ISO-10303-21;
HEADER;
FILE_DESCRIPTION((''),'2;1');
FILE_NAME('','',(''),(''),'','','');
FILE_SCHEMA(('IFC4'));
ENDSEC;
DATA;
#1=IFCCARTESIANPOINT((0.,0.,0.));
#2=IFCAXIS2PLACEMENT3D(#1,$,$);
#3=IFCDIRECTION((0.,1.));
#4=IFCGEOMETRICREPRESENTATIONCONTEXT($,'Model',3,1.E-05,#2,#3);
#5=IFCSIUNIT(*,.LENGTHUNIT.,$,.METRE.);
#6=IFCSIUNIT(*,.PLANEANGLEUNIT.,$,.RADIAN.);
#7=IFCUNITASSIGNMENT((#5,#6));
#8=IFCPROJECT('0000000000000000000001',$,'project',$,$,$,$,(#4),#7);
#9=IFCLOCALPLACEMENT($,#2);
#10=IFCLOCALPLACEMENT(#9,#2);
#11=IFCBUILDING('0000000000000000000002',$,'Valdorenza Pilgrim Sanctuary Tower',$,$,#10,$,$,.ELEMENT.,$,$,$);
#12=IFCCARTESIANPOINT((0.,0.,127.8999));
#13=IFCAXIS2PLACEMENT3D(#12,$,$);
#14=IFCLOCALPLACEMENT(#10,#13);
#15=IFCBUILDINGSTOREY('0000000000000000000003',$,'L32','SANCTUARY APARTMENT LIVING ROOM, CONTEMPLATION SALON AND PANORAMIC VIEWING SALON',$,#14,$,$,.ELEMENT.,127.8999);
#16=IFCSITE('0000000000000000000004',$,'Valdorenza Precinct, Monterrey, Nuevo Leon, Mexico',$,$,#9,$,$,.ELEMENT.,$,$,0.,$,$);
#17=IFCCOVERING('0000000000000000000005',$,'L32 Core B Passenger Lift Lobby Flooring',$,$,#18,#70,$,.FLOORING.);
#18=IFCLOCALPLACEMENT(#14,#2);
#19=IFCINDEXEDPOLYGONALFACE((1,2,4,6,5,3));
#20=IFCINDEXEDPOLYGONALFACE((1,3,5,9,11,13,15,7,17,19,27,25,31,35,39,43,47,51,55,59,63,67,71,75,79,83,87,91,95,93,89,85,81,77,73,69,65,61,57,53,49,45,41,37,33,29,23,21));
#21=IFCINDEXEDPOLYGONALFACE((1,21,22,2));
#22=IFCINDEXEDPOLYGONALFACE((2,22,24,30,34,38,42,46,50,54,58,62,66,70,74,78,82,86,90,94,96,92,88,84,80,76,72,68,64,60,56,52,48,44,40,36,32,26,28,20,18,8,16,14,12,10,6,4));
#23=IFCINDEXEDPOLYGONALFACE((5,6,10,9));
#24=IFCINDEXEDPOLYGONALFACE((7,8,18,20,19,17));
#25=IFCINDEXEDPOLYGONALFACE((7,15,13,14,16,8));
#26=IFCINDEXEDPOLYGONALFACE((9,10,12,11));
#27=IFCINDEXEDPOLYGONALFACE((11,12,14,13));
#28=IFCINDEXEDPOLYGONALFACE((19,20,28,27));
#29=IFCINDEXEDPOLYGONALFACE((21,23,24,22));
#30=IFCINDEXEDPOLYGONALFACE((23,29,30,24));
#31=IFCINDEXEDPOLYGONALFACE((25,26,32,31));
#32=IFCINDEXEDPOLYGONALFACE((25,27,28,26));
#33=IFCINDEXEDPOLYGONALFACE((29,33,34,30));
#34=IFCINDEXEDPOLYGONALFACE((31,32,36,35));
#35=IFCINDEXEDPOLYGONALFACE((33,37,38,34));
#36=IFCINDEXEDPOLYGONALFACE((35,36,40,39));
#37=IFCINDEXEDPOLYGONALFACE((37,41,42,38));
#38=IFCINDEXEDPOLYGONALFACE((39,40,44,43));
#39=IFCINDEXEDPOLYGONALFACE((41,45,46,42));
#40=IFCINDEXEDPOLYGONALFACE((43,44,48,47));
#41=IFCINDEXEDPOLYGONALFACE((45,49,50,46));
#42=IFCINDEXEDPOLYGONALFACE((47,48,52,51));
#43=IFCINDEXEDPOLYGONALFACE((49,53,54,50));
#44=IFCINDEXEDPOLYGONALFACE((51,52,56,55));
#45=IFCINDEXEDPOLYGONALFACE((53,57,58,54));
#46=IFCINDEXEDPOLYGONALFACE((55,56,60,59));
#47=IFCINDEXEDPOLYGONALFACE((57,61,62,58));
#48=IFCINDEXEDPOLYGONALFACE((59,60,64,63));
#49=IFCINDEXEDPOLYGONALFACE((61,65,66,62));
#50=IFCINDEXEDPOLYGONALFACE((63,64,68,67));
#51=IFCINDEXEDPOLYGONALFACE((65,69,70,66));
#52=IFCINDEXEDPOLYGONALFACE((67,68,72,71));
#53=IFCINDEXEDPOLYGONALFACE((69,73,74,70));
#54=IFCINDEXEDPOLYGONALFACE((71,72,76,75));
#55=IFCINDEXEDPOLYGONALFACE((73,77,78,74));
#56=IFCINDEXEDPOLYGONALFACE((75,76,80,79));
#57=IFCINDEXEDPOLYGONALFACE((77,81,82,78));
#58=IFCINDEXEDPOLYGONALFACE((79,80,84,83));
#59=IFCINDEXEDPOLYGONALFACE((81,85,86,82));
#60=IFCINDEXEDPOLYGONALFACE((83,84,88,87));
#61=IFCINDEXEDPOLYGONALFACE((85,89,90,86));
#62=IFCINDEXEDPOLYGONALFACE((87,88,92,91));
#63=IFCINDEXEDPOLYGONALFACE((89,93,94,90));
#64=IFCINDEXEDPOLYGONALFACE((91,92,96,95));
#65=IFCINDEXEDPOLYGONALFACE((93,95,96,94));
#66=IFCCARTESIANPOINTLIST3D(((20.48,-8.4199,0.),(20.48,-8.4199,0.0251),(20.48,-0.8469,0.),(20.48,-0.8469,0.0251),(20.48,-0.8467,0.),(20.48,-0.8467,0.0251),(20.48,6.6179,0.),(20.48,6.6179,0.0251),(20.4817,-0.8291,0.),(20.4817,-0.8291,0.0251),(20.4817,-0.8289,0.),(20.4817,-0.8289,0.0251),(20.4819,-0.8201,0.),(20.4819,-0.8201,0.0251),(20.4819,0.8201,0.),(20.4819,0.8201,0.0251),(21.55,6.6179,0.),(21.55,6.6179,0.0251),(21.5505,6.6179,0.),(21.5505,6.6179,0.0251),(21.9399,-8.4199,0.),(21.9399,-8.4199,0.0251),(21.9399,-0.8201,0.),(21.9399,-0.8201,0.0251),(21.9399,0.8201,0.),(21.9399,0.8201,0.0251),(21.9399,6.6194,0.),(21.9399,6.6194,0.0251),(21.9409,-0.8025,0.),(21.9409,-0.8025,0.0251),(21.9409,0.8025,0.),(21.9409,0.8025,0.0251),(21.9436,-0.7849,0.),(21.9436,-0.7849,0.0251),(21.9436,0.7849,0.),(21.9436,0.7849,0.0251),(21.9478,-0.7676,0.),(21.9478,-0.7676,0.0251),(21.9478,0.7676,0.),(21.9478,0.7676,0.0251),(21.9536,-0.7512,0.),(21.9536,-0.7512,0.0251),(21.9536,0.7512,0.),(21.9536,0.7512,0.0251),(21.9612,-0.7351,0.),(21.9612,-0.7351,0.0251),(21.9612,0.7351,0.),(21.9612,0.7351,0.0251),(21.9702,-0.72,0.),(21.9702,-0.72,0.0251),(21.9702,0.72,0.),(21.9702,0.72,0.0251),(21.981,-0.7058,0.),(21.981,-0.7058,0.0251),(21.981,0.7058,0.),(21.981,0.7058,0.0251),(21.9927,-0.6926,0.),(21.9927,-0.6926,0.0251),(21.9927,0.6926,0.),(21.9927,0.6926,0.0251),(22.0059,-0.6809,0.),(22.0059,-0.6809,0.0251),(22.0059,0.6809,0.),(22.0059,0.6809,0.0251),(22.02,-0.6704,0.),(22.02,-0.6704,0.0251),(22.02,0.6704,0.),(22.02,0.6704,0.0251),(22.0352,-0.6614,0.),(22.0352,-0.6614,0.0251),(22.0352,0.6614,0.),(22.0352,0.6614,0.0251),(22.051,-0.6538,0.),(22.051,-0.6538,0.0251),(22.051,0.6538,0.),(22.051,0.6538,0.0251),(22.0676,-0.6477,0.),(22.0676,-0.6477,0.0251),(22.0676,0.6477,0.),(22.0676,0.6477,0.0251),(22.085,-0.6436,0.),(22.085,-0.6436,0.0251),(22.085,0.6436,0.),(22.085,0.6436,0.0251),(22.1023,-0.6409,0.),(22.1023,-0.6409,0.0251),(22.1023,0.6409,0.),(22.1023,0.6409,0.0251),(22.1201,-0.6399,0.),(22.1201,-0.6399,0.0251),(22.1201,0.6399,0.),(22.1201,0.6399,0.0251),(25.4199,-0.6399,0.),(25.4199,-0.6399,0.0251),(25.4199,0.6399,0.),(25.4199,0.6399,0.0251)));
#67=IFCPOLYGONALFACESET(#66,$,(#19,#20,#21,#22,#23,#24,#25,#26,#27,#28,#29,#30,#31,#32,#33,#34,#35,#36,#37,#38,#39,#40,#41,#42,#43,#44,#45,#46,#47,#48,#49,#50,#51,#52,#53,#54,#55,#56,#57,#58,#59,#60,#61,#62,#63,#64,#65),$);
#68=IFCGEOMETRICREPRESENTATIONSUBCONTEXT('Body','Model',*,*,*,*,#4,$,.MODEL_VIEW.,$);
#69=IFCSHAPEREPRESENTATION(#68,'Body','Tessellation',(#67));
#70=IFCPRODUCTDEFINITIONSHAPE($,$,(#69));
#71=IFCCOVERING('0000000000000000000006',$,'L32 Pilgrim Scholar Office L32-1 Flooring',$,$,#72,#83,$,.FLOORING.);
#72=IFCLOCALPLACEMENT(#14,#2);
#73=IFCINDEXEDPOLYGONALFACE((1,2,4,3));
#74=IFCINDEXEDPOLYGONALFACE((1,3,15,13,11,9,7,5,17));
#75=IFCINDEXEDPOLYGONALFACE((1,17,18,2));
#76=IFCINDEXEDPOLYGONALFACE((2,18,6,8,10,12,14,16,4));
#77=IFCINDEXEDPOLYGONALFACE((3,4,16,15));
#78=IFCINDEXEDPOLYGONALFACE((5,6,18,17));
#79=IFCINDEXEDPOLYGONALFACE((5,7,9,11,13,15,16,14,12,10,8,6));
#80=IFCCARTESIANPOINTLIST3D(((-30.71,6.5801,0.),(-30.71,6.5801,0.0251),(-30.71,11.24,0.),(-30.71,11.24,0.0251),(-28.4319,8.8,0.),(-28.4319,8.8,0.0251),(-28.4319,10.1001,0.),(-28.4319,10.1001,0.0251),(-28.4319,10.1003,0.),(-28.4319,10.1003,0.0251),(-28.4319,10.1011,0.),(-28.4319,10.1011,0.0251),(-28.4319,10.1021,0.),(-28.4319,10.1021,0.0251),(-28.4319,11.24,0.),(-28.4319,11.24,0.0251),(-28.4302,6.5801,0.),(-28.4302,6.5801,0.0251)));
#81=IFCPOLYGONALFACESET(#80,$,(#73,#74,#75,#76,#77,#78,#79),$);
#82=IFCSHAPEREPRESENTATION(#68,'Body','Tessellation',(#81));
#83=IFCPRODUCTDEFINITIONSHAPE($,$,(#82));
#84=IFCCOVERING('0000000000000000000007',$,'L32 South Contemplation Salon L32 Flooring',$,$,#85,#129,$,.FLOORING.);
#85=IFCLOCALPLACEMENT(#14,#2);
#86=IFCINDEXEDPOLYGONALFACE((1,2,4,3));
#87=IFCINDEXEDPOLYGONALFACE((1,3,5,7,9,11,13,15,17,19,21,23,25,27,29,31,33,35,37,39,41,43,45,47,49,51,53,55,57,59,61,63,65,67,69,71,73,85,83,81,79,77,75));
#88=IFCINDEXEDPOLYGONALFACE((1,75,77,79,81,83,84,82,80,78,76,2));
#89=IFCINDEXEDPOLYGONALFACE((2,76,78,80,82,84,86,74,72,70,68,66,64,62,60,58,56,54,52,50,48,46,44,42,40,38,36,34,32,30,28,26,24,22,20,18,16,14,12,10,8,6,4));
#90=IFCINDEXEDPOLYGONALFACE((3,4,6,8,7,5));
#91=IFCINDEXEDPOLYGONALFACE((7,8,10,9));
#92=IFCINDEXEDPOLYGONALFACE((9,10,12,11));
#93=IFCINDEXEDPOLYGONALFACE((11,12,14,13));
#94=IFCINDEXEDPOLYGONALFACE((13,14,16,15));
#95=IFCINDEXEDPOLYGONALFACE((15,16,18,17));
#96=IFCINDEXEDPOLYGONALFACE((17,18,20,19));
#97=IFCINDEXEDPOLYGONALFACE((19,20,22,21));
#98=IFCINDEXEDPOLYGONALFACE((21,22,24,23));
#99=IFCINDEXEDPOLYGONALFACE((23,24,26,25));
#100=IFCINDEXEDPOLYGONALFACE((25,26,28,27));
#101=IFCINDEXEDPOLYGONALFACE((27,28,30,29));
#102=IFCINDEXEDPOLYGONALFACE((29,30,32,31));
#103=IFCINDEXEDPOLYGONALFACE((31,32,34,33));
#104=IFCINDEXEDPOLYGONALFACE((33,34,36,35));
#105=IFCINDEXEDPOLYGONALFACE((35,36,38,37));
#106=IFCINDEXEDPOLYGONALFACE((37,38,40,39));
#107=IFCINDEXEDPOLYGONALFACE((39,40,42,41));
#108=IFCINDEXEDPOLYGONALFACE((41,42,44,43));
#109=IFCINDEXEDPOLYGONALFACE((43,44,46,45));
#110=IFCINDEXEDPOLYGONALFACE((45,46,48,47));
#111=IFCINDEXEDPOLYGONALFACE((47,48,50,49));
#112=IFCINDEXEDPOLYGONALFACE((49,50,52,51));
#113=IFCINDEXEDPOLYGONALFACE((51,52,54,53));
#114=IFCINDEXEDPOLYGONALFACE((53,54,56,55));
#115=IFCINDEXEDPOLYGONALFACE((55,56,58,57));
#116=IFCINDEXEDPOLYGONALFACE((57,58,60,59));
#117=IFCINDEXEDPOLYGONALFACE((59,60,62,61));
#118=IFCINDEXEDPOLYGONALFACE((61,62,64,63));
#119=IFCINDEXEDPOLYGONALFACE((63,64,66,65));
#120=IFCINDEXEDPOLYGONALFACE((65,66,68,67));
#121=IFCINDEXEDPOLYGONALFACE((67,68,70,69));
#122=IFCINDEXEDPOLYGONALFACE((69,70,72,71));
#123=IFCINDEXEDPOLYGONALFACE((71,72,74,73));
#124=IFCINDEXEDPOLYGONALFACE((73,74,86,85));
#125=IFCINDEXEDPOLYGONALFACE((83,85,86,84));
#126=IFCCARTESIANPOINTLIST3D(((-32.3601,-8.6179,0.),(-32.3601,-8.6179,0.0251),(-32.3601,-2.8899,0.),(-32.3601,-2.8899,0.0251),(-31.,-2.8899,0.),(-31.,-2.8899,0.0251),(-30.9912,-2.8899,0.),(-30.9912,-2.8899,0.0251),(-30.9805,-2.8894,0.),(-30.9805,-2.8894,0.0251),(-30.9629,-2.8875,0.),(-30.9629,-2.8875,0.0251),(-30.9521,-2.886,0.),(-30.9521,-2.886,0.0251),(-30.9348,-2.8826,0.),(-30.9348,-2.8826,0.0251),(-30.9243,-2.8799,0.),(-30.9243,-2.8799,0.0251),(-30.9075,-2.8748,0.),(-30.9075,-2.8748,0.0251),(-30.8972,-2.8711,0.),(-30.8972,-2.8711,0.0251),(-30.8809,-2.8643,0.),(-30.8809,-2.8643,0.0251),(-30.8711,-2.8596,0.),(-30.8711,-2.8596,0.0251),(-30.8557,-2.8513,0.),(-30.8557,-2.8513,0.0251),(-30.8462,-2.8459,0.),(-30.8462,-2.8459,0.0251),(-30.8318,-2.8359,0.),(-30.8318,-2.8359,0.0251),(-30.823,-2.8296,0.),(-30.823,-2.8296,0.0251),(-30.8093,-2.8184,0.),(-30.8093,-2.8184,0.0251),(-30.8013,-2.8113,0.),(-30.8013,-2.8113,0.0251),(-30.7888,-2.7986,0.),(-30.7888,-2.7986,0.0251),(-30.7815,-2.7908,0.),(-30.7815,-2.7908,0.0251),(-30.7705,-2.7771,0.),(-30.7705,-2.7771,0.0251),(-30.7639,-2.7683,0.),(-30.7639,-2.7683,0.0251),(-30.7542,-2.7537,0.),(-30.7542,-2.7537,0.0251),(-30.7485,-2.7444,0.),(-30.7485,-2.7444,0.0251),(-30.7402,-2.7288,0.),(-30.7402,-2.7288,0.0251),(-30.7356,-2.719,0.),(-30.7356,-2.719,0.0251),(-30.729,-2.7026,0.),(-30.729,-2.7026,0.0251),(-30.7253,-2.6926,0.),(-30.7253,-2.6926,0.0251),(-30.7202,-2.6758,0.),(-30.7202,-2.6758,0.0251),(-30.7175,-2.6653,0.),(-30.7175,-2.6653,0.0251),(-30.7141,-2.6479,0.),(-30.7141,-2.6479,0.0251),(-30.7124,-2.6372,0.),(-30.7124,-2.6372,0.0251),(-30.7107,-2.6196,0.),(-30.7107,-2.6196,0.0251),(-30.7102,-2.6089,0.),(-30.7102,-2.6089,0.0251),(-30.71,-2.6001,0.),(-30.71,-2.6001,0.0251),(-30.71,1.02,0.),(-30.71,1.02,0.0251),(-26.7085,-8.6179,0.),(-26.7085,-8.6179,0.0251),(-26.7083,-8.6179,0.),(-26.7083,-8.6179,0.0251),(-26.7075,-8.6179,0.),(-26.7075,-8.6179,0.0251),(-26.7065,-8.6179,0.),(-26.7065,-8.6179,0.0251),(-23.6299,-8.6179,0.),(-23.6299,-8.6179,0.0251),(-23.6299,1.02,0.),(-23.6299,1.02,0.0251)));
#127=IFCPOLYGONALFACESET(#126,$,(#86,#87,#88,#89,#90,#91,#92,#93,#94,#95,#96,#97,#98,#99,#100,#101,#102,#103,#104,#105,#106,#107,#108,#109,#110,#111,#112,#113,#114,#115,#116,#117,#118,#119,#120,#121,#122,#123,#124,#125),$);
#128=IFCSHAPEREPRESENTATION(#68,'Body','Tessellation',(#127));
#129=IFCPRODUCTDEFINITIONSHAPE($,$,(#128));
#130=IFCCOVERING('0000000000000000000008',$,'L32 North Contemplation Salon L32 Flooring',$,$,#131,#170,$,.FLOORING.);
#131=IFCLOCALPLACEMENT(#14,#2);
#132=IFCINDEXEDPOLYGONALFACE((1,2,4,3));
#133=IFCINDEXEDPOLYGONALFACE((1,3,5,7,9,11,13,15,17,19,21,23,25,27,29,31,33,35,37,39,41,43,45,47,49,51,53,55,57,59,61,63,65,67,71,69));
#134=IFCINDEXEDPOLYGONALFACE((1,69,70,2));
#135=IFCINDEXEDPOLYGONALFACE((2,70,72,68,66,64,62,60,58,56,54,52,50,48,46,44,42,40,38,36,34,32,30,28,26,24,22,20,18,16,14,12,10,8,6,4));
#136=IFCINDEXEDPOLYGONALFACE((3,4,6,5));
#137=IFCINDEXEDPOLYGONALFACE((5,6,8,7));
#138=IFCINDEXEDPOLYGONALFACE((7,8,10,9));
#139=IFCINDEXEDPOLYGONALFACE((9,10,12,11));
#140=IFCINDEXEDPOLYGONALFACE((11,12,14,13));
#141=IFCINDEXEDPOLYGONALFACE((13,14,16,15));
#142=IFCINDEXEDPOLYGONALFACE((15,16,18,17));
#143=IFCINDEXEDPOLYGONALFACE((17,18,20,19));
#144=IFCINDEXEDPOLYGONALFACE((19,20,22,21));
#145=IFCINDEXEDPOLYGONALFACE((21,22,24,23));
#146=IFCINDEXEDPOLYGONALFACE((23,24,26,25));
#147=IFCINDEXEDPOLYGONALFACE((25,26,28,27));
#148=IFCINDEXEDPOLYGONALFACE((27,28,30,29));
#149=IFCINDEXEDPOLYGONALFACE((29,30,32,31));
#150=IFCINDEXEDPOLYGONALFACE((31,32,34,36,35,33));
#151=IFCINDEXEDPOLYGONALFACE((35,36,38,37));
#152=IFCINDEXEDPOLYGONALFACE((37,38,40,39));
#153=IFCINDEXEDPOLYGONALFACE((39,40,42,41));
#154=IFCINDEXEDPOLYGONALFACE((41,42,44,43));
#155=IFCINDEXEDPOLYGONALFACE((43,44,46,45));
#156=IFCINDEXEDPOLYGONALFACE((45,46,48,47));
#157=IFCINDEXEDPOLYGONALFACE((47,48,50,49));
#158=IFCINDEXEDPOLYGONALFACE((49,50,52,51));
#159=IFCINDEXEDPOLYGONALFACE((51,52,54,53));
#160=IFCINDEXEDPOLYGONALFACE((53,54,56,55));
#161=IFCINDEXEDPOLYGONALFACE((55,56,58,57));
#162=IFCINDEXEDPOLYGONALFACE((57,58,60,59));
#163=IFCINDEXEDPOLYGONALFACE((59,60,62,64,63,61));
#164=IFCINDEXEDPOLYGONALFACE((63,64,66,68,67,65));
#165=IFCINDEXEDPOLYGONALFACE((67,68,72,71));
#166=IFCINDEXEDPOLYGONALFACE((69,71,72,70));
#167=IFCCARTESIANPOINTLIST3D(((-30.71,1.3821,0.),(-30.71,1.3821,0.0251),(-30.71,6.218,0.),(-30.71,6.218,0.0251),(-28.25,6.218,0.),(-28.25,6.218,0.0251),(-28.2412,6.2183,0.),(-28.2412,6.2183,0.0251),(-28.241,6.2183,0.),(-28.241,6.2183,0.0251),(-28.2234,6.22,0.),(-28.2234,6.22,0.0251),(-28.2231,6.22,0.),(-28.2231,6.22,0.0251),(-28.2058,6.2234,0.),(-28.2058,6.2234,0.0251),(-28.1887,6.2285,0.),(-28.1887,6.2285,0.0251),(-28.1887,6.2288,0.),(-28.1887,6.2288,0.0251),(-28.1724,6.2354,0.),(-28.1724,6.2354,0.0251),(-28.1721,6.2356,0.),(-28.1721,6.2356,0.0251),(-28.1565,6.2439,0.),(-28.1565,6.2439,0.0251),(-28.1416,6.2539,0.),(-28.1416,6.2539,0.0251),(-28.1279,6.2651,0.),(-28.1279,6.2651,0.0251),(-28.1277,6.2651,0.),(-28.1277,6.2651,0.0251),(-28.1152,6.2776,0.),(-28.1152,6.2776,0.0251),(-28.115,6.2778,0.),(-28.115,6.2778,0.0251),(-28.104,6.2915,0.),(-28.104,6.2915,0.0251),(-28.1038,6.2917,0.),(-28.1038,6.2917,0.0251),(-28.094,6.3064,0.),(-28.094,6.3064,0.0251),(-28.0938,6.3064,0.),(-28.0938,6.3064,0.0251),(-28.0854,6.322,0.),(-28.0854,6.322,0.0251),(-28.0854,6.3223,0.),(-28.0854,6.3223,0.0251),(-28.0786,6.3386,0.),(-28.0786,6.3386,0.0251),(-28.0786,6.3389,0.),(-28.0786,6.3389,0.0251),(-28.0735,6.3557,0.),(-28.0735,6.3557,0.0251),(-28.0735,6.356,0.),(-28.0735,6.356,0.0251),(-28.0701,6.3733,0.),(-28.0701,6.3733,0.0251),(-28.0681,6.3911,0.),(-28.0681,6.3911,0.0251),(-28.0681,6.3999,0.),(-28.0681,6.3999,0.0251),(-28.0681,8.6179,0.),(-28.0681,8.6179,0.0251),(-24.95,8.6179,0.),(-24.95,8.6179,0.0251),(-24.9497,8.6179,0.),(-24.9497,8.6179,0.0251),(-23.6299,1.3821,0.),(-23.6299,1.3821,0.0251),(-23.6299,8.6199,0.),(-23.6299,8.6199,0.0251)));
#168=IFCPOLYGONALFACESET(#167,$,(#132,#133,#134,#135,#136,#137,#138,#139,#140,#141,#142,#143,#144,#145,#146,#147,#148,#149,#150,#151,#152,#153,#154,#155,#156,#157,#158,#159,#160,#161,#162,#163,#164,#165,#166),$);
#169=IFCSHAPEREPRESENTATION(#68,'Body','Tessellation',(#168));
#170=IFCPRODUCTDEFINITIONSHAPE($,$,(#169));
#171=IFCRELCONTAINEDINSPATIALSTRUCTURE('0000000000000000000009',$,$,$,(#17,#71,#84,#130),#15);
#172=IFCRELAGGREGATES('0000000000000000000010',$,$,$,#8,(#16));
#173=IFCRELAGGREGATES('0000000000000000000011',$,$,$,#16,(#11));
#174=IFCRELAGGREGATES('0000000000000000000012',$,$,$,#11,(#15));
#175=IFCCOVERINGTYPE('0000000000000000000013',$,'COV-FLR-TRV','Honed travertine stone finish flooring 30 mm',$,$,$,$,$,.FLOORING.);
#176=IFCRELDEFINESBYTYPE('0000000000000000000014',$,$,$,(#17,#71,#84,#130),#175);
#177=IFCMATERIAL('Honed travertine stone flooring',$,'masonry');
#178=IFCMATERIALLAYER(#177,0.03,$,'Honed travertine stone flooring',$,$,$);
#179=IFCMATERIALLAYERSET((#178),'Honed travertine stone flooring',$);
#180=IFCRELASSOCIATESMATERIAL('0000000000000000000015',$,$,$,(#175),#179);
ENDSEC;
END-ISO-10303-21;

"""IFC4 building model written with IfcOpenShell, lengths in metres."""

from ifc_helpers import new_model, si_unit, direction, frame, origin, place, context, subcontext, project, spatial, polyline, outline, extrude, material, layer, layer_set, type_object, element, save


model = new_model("IFC4")

# Units and contexts
model_context = context("Model", 3, precision=1e-05, world=origin(), true_north=direction((0.0, 1.0)))
body_context = subcontext(model_context, "Body", "Model", "MODEL_VIEW")
ifc_project = project(units=[si_unit("LENGTHUNIT", "METRE"), si_unit("PLANEANGLEUNIT", "RADIAN")], contexts=[model_context])

# Site, building, storey
site_placement = place(None, origin())
site = spatial("IfcSite", under=ifc_project, at=site_placement, Name="Valdorenza Precinct, Monterrey, Nuevo Leon, Mexico", CompositionType="ELEMENT", RefElevation=0.0)
building_placement = place(site_placement, origin())
building = spatial("IfcBuilding", under=site, at=building_placement, Name="Valdorenza Pilgrim Sanctuary Tower", CompositionType="ELEMENT")
storey_placement = place(building_placement, frame((0.0, 0.0, 127.8999)))
storey = spatial("IfcBuildingStorey", under=building, at=storey_placement, Name="L32", Description="SANCTUARY APARTMENT LIVING ROOM, CONTEMPLATION SALON AND PANORAMIC VIEWING SALON", CompositionType="ELEMENT", Elevation=127.8999)

# Coverings
ifc_material_1 = material(Name="Honed travertine stone flooring", Category="masonry")
ifc_layer_1 = layer(ifc_material_1, 0.03, Name="Honed travertine stone flooring")
ifc_layer_set_1 = layer_set([ifc_layer_1], Name="Honed travertine stone flooring")
covering_type_1 = type_object("IfcCoveringType", Name="COV-FLR-TRV", Description="Honed travertine stone finish flooring 30 mm", PredefinedType="FLOORING", material=ifc_layer_set_1)
covering_1_placement = place(storey_placement, origin())
element("IfcCovering", 1, at=covering_1_placement, inside=storey, type_object=covering_type_1, Name="L32 Core B Passenger Lift Lobby Flooring", PredefinedType="FLOORING", context=body_context, shape_type="SweptSolid", body=[
    extrude(outline(polyline([(20.48, 6.6179), (21.55, 6.6179), (21.5505, 6.6179), (21.9399, 6.6194), (21.9399, 0.8201), (21.9409, 0.8025), (21.9436, 0.7849), (21.9478, 0.7676), (21.9536, 0.7512), (21.9612, 0.7351), (21.9702, 0.72), (21.981, 0.7058), (21.9927, 0.6926), (22.0059, 0.6809), (22.02, 0.6704), (22.0352, 0.6614), (22.051, 0.6538), (22.0676, 0.6477), (22.085, 0.6436), (22.1023, 0.6409), (22.1201, 0.6399), (25.4199, 0.6399), (25.4199, -0.6399), (22.1201, -0.6399), (22.1023, -0.6409), (22.085, -0.6436), (22.0676, -0.6477), (22.051, -0.6538), (22.0352, -0.6614), (22.02, -0.6704), (22.0059, -0.6809), (21.9927, -0.6926), (21.981, -0.7058), (21.9702, -0.72), (21.9612, -0.7351), (21.9536, -0.7512), (21.9478, -0.7676), (21.9436, -0.7849), (21.9409, -0.8025), (21.9399, -0.8201), (21.9399, -8.4199), (20.48, -8.4199), (20.48, -0.8469), (20.48, -0.8467), (20.48, -0.8467), (20.4817, -0.8291), (20.4817, -0.8289), (20.4819, -0.8201), (20.4819, 0.8201), (20.48, 6.6179)])), origin(), (0.0, 0.0, 1.0), 0.0251),
])
covering_2_placement = place(storey_placement, origin())
element("IfcCovering", 2, at=covering_2_placement, inside=storey, type_object=covering_type_1, Name="L32 Pilgrim Scholar Office L32-1 Flooring", PredefinedType="FLOORING", context=body_context, shape_type="SweptSolid", body=[
    extrude(outline(polyline([(-28.4319, 11.24), (-28.4319, 10.1021), (-28.4319, 10.1011), (-28.4319, 10.1003), (-28.4319, 10.1001), (-28.4319, 8.8), (-28.4302, 6.5801), (-30.71, 6.5801), (-30.71, 11.24), (-28.4319, 11.24)])), origin(), (0.0, 0.0, 1.0), 0.0251),
])
covering_3_placement = place(storey_placement, origin())
element("IfcCovering", 3, at=covering_3_placement, inside=storey, type_object=covering_type_1, Name="L32 South Contemplation Salon L32 Flooring", PredefinedType="FLOORING", context=body_context, shape_type="SweptSolid", body=[
    extrude(outline(polyline([(-26.7083, -8.6179), (-26.7085, -8.6179), (-32.3601, -8.6179), (-32.3601, -2.8899), (-31.0, -2.8899), (-30.9912, -2.8899), (-30.9805, -2.8894), (-30.9629, -2.8875), (-30.9521, -2.886), (-30.9348, -2.8826), (-30.9243, -2.8799), (-30.9075, -2.8748), (-30.8972, -2.8711), (-30.8809, -2.8643), (-30.8711, -2.8596), (-30.8557, -2.8513), (-30.8462, -2.8459), (-30.8318, -2.8359), (-30.823, -2.8296), (-30.8093, -2.8184), (-30.8013, -2.8113), (-30.7888, -2.7986), (-30.7815, -2.7908), (-30.7705, -2.7771), (-30.7639, -2.7683), (-30.7542, -2.7537), (-30.7485, -2.7444), (-30.7402, -2.7288), (-30.7356, -2.719), (-30.729, -2.7026), (-30.7253, -2.6926), (-30.7202, -2.6758), (-30.7175, -2.6653), (-30.7141, -2.6479), (-30.7124, -2.6372), (-30.7107, -2.6196), (-30.7102, -2.6089), (-30.71, -2.6001), (-30.71, 1.02), (-23.6299, 1.02), (-23.6299, -8.6179), (-26.7065, -8.6179), (-26.7075, -8.6179), (-26.7083, -8.6179)])), origin(), (0.0, 0.0, 1.0), 0.0251),
])
covering_4_placement = place(storey_placement, origin())
element("IfcCovering", 4, at=covering_4_placement, inside=storey, type_object=covering_type_1, Name="L32 North Contemplation Salon L32 Flooring", PredefinedType="FLOORING", context=body_context, shape_type="SweptSolid", body=[
    extrude(outline(polyline([(-23.6299, 8.6199), (-23.6299, 1.3821), (-30.71, 1.3821), (-30.71, 6.218), (-28.25, 6.218), (-28.2412, 6.2183), (-28.241, 6.2183), (-28.2234, 6.22), (-28.2231, 6.22), (-28.2058, 6.2234), (-28.2058, 6.2234), (-28.1887, 6.2285), (-28.1887, 6.2288), (-28.1724, 6.2354), (-28.1721, 6.2356), (-28.1565, 6.2439), (-28.1565, 6.2439), (-28.1416, 6.2539), (-28.1416, 6.2539), (-28.1279, 6.2651), (-28.1277, 6.2651), (-28.1152, 6.2776), (-28.115, 6.2778), (-28.104, 6.2915), (-28.1038, 6.2917), (-28.094, 6.3064), (-28.0938, 6.3064), (-28.0854, 6.322), (-28.0854, 6.3223), (-28.0786, 6.3386), (-28.0786, 6.3389), (-28.0735, 6.3557), (-28.0735, 6.356), (-28.0701, 6.3733), (-28.0701, 6.3733), (-28.0681, 6.3911), (-28.0681, 6.3911), (-28.0681, 6.3999), (-28.0681, 8.6179), (-24.95, 8.6179), (-24.9497, 8.6179), (-23.6299, 8.6199)])), origin(), (0.0, 0.0, 1.0), 0.0251),
])

save(model, "model.ifc")
